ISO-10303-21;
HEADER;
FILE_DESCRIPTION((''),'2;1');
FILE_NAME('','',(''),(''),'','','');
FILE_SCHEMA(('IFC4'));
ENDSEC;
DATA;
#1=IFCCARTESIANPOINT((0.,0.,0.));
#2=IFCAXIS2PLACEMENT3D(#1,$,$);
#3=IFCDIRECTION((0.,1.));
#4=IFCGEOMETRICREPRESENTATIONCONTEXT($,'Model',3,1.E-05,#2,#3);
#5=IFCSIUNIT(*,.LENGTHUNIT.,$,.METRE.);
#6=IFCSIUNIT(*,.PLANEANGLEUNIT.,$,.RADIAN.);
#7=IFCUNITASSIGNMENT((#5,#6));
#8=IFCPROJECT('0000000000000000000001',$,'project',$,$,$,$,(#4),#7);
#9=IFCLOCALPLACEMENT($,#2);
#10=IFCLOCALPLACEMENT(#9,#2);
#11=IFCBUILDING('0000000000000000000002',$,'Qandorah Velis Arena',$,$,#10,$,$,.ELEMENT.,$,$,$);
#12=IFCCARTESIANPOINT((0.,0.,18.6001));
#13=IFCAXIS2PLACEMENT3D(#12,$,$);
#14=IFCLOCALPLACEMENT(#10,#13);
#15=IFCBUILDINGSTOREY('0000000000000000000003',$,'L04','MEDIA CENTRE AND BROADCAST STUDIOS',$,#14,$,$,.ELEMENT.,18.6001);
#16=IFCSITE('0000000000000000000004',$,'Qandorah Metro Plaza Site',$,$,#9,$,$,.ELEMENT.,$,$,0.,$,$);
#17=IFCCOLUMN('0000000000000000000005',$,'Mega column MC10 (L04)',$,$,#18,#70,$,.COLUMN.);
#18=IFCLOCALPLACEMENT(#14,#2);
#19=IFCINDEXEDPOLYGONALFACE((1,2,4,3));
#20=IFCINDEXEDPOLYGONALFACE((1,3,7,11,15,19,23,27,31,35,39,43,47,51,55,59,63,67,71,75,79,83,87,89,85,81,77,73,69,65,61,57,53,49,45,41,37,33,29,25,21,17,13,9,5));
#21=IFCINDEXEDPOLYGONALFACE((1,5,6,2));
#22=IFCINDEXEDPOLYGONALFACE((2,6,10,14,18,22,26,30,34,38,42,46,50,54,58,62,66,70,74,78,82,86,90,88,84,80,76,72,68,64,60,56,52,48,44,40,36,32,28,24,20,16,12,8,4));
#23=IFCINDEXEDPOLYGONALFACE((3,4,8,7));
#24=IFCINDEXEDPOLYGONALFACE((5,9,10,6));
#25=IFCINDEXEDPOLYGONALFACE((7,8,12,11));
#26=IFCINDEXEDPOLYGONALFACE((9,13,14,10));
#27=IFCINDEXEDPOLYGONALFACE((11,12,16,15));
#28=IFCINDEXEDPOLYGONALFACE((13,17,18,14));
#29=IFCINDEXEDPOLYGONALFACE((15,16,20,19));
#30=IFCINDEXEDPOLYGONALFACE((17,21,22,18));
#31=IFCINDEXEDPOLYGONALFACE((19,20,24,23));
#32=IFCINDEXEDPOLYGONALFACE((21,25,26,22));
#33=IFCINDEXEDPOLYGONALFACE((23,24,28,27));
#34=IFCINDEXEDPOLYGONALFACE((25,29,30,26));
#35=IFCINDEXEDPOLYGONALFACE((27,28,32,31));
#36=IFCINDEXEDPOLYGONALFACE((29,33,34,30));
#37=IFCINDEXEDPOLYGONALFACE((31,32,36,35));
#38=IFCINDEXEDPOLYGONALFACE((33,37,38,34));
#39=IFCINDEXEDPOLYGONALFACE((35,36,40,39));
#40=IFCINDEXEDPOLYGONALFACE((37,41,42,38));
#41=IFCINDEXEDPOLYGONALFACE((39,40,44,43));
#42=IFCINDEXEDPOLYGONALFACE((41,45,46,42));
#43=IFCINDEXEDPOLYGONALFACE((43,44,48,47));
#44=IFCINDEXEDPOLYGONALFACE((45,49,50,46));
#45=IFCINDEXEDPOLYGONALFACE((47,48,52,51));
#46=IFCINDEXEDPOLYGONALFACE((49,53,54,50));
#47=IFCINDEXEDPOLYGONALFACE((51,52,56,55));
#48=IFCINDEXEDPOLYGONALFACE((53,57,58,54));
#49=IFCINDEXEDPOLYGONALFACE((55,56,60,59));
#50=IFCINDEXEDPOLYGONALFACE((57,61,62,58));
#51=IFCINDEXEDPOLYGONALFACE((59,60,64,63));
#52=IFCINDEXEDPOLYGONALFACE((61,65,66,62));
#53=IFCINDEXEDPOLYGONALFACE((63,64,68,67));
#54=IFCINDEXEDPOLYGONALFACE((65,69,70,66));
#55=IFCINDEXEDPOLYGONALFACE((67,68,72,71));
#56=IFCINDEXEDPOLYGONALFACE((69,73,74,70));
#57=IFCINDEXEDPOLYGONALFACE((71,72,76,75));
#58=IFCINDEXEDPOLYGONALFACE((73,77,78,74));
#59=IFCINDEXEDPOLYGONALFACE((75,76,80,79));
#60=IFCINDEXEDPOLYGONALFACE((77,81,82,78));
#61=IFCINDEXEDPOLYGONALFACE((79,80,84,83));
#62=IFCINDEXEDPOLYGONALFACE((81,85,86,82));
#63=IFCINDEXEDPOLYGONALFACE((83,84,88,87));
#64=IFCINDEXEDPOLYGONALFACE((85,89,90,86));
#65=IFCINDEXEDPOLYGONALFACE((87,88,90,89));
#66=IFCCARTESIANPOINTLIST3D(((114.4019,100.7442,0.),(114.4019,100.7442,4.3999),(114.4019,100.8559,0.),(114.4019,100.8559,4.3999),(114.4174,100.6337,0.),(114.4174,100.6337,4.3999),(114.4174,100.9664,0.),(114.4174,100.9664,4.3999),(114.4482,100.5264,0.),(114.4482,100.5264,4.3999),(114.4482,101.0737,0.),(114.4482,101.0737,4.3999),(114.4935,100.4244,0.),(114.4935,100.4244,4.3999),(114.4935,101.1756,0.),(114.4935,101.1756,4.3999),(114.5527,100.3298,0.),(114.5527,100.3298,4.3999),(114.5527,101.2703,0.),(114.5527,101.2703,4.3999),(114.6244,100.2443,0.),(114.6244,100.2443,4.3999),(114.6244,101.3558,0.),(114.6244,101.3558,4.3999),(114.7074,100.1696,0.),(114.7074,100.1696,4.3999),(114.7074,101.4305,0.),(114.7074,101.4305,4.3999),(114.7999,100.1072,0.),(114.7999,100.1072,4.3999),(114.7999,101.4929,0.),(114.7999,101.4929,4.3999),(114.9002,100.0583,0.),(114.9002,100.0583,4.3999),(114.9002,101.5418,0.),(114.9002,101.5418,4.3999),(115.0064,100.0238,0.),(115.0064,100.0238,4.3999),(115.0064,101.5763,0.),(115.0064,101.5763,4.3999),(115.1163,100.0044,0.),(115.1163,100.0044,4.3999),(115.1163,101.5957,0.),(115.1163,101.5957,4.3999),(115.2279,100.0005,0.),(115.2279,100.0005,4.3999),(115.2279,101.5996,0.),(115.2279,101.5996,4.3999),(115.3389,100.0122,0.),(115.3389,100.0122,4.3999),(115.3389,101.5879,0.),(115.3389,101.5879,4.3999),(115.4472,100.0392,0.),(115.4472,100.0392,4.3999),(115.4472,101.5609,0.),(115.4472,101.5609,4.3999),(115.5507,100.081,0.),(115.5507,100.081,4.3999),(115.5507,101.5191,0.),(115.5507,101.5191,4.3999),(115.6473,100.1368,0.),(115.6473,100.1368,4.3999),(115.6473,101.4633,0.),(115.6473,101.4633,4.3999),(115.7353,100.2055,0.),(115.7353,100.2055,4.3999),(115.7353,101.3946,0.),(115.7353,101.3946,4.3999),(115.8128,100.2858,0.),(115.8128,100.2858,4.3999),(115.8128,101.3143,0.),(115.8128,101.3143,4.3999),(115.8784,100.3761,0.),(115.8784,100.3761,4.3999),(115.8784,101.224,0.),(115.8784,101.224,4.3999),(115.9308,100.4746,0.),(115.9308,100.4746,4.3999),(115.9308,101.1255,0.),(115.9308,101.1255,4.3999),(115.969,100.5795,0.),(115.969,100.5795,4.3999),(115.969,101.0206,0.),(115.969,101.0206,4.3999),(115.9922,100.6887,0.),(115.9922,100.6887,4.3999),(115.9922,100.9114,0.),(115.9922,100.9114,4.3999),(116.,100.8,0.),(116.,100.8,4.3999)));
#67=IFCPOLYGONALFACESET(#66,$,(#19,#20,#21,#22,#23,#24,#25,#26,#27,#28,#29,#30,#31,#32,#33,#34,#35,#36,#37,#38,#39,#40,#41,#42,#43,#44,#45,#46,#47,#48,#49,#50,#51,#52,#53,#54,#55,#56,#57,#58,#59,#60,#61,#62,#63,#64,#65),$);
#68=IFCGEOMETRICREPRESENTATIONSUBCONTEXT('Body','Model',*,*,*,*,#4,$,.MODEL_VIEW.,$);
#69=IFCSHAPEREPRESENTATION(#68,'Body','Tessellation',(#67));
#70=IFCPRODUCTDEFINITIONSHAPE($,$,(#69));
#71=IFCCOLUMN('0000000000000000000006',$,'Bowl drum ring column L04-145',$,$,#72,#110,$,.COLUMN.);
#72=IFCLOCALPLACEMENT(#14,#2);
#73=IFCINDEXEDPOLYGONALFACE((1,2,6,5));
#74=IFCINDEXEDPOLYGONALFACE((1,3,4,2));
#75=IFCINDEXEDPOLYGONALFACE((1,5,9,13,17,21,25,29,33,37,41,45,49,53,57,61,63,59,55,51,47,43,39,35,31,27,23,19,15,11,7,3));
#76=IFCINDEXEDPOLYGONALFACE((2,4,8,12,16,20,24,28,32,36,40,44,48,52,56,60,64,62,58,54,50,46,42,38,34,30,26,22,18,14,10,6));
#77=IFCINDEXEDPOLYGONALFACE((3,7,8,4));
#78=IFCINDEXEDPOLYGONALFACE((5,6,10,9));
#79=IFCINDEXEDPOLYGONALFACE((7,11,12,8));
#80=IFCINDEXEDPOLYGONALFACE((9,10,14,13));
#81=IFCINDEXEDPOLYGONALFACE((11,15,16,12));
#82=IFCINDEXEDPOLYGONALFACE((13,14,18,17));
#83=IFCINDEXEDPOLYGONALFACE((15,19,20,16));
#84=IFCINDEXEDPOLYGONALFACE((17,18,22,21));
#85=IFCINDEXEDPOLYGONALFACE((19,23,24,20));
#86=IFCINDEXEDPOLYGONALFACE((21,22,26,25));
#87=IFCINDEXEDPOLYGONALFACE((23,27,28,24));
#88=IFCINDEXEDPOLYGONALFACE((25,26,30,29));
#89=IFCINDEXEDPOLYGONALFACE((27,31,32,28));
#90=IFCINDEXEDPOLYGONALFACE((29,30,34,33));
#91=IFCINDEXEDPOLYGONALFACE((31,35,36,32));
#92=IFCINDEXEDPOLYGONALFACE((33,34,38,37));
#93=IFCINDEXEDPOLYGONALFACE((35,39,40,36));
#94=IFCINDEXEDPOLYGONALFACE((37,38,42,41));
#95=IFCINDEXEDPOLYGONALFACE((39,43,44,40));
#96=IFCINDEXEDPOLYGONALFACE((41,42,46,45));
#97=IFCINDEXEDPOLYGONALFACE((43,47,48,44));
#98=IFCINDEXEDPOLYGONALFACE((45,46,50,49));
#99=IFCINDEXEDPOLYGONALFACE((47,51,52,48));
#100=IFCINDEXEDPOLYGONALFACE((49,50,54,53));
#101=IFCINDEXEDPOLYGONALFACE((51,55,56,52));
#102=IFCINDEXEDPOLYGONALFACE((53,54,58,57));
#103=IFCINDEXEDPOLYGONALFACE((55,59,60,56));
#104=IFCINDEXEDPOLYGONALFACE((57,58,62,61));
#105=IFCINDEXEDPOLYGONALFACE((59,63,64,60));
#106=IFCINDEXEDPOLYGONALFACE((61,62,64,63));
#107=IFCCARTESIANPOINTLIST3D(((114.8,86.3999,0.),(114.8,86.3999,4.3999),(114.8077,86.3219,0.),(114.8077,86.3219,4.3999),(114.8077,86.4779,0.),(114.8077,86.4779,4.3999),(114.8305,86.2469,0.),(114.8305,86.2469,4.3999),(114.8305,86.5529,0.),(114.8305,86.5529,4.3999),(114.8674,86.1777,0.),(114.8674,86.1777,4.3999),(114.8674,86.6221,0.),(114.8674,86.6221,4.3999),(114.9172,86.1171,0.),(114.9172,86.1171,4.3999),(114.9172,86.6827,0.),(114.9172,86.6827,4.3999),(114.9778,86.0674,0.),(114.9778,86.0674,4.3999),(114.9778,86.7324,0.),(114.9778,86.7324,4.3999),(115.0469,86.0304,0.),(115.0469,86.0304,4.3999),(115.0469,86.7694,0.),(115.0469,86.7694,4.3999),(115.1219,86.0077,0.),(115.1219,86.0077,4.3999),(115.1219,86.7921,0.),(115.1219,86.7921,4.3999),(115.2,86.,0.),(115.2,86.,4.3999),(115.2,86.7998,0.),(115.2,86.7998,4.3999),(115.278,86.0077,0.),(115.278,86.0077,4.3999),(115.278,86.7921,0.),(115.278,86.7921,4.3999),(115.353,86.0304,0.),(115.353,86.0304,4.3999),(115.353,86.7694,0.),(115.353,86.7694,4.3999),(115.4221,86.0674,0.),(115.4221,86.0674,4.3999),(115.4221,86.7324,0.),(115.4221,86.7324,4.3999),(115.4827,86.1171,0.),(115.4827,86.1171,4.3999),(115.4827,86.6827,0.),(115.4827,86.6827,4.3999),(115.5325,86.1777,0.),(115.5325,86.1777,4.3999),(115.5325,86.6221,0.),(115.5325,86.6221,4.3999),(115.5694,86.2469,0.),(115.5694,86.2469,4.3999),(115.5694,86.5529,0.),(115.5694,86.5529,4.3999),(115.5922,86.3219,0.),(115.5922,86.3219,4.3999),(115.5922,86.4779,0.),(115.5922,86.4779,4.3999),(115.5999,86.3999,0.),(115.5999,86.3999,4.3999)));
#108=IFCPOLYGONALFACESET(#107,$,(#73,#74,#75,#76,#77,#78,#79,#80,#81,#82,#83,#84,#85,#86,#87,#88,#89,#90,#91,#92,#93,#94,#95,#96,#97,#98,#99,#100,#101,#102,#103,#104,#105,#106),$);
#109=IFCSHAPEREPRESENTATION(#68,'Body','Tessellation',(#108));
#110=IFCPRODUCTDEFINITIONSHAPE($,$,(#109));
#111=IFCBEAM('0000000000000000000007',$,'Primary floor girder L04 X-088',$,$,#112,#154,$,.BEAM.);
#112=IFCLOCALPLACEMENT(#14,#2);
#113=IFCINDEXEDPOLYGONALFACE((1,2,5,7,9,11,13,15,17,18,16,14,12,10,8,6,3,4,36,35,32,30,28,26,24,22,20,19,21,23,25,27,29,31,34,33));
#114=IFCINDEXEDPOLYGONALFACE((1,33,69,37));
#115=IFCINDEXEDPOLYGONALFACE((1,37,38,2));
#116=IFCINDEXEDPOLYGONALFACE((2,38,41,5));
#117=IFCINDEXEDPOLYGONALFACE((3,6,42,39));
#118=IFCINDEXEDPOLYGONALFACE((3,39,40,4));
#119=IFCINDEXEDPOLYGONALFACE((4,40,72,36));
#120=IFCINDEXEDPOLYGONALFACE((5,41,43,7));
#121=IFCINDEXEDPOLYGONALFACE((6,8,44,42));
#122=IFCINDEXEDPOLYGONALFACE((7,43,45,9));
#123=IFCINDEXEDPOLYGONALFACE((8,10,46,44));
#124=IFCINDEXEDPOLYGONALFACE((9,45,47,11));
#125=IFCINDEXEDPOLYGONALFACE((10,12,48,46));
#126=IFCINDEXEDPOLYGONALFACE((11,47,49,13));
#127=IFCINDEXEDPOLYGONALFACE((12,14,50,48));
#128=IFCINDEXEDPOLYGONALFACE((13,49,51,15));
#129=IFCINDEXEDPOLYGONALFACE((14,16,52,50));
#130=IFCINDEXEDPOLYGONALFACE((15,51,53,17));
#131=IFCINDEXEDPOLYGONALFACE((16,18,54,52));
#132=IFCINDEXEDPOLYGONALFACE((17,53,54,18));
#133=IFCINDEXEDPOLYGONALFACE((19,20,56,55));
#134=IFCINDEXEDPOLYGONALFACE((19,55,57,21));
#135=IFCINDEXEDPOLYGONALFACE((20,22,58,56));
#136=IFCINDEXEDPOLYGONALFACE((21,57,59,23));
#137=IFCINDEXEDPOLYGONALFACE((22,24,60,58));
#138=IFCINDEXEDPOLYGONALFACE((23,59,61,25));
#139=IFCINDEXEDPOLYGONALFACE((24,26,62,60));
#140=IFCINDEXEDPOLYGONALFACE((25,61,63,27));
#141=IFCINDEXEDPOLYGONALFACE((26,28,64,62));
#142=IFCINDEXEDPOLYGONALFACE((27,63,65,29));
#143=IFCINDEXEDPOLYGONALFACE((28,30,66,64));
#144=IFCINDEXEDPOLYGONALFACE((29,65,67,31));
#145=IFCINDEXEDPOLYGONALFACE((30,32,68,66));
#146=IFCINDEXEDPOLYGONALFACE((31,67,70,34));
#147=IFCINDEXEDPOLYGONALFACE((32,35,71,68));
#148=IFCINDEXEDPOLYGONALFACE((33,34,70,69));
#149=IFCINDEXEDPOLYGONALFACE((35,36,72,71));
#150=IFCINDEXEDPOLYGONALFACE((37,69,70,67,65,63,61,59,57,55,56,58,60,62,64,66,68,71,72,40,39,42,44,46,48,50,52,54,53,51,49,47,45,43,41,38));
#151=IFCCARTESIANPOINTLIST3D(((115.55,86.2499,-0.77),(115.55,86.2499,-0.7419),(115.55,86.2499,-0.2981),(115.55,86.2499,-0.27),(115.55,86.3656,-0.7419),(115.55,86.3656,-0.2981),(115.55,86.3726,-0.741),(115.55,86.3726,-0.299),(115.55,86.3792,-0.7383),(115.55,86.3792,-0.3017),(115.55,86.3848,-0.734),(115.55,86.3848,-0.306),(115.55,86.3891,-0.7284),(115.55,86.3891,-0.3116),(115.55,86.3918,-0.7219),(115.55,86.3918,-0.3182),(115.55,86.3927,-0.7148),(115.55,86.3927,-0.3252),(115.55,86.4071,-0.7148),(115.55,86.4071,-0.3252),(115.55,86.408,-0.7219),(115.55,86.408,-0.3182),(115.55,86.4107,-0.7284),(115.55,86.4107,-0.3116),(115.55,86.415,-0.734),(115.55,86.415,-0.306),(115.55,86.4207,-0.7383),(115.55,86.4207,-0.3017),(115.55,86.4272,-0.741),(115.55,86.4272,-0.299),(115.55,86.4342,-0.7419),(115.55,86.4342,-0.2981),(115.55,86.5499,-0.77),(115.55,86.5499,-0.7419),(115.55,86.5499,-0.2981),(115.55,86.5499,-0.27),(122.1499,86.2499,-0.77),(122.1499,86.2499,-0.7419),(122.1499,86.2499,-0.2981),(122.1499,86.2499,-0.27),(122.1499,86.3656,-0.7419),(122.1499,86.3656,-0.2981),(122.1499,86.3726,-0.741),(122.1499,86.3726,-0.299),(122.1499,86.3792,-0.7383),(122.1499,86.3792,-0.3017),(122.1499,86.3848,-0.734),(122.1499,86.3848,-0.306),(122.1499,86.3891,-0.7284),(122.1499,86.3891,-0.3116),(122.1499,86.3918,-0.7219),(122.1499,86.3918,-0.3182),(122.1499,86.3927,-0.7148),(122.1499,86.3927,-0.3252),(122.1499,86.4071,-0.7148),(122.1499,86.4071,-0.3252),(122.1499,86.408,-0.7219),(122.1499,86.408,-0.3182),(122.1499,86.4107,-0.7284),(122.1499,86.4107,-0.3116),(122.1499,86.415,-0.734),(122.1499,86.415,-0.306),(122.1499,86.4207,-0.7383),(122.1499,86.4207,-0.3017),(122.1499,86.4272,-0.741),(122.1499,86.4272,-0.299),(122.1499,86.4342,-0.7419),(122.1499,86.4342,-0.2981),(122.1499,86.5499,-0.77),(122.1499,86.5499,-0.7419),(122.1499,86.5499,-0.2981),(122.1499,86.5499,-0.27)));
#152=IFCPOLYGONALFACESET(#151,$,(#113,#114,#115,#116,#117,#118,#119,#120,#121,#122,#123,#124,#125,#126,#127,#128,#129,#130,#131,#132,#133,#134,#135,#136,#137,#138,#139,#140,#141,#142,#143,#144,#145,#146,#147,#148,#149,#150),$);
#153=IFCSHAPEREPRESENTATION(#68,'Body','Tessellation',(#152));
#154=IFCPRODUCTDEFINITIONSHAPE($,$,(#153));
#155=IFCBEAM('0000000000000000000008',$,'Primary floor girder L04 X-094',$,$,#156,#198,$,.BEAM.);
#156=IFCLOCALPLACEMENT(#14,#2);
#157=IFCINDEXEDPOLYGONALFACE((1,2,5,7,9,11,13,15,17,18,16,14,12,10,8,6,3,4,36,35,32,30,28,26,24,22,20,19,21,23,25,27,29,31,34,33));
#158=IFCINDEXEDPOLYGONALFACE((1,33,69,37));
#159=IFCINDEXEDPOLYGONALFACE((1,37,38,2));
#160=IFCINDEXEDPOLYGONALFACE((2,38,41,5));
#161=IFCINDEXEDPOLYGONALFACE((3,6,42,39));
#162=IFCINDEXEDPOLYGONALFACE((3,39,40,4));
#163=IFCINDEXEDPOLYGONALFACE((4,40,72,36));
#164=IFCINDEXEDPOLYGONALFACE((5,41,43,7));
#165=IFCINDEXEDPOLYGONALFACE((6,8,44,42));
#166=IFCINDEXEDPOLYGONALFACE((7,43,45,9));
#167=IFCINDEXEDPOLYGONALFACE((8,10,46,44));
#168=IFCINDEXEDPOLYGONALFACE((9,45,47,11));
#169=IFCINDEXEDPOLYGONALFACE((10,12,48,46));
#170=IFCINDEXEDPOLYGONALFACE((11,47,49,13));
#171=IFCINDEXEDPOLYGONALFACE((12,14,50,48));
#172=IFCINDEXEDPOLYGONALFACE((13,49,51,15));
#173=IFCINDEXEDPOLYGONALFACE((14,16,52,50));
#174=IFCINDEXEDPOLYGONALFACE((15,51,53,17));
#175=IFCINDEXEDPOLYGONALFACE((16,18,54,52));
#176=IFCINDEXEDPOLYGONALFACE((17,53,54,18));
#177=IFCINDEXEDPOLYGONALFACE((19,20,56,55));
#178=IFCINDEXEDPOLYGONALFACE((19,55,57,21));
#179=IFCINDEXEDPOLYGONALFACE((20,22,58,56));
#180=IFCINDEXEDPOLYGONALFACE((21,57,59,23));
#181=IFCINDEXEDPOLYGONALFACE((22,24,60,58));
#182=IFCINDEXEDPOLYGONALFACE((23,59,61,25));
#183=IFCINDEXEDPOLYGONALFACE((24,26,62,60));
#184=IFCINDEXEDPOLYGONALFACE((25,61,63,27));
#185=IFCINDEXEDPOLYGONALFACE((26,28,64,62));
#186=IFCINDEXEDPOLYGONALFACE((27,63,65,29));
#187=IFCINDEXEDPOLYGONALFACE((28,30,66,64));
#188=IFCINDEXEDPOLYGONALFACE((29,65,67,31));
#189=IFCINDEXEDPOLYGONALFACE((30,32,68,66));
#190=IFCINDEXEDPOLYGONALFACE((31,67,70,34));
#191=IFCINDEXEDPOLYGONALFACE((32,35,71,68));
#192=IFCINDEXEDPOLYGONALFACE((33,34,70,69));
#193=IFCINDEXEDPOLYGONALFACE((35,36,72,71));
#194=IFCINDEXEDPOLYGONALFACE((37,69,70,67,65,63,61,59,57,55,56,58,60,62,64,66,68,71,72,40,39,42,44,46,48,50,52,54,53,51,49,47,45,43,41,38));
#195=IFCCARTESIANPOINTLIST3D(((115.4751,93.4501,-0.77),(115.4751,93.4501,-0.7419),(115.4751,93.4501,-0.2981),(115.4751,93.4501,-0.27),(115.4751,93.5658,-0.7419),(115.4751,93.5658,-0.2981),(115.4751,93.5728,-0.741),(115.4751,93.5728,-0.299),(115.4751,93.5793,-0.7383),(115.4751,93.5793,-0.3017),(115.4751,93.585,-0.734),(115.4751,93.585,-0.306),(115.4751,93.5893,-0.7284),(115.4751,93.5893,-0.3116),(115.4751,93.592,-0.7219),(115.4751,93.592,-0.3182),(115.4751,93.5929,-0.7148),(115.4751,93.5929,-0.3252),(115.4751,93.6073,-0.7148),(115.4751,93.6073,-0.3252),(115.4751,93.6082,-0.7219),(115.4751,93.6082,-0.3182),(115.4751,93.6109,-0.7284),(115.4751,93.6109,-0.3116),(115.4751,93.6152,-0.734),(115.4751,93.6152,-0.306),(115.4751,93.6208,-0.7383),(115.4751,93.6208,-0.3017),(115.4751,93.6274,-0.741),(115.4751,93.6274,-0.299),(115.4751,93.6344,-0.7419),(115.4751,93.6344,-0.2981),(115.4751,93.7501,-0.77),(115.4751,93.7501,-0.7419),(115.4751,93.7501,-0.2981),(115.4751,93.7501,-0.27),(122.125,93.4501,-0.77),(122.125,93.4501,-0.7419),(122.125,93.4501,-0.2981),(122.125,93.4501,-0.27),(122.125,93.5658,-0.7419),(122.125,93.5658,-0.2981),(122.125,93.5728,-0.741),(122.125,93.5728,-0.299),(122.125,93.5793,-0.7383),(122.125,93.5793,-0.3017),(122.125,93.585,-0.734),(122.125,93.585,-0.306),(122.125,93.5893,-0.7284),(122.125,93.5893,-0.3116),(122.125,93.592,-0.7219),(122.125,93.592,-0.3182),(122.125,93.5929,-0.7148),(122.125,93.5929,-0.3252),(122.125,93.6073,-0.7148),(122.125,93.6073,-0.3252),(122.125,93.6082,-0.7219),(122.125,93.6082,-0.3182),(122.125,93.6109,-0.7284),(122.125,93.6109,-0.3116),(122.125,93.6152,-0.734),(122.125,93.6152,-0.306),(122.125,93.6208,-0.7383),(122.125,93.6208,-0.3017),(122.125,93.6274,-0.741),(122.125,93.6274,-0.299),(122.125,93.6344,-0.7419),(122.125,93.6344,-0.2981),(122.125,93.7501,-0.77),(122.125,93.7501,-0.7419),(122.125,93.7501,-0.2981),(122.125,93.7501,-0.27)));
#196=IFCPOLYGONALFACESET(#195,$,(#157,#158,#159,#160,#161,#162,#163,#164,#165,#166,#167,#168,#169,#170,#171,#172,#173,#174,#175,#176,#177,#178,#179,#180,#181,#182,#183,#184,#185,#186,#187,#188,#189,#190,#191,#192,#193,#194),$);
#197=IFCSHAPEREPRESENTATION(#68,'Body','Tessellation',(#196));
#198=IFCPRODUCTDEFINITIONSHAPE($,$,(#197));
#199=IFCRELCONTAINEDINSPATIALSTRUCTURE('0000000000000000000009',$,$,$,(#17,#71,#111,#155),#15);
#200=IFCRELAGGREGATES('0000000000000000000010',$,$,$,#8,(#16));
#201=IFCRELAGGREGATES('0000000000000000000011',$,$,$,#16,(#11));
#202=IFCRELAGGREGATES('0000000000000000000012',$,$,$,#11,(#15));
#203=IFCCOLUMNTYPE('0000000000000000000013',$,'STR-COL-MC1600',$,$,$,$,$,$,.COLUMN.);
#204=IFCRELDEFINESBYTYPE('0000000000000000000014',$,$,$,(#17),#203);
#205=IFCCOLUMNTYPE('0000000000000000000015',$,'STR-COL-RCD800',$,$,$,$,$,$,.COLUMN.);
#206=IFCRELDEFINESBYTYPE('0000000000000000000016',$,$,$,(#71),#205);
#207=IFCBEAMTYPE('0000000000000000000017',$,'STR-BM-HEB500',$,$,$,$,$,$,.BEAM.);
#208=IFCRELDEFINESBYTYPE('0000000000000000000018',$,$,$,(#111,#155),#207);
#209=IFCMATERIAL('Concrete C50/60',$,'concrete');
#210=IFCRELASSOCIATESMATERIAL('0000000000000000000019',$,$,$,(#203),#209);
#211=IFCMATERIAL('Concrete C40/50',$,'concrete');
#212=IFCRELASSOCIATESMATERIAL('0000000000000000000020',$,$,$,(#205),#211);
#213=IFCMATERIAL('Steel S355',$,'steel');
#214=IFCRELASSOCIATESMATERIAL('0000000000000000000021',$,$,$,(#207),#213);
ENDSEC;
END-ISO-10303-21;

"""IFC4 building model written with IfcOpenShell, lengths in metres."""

from ifc_helpers import new_model, si_unit, direction, frame, origin, origin_2d, place, context, subcontext, project, spatial, circle, i_section, extrude, material, material_profile, profile_set, type_object, element, save


model = new_model("IFC4")

# Units and contexts
model_context = context("Model", 3, precision=1e-05, world=origin(), true_north=direction((0.0, 1.0)))
body_context = subcontext(model_context, "Body", "Model", "MODEL_VIEW")
ifc_project = project(units=[si_unit("LENGTHUNIT", "METRE"), si_unit("PLANEANGLEUNIT", "RADIAN")], contexts=[model_context])

# Site, building, storey
site_placement = place(None, origin())
site = spatial("IfcSite", under=ifc_project, at=site_placement, Name="Qandorah Metro Plaza Site", CompositionType="ELEMENT", RefElevation=0.0)
building_placement = place(site_placement, origin())
building = spatial("IfcBuilding", under=site, at=building_placement, Name="Qandorah Velis Arena", CompositionType="ELEMENT")
storey_placement = place(building_placement, frame((0.0, 0.0, 18.6001)))
storey = spatial("IfcBuildingStorey", under=building, at=storey_placement, Name="L04", Description="MEDIA CENTRE AND BROADCAST STUDIOS", CompositionType="ELEMENT", Elevation=18.6001)

# Columns
ifc_material_1 = material(Name="Concrete C50/60", Category="concrete")
ifc_material_profile_1 = material_profile(ifc_material_1, circle(Radius=0.8, at=origin_2d()), Name="MC D1600")
ifc_profile_set_1 = profile_set([ifc_material_profile_1], Name="Concrete C50/60")
column_type_1 = type_object("IfcColumnType", Name="STR-COL-MC1600", PredefinedType="COLUMN", material=ifc_profile_set_1)
column_1_placement = place(storey_placement, frame((115.2, 100.8, 0.0), z_axis=(0.0, 0.0, 1.0), x_axis=(1.0, 0.0, 0.0)))
element("IfcColumn", 1, at=column_1_placement, inside=storey, type_object=column_type_1, Name="Mega column MC10 (L04)", PredefinedType="COLUMN", context=body_context, shape_type="SweptSolid", body=[
    extrude(circle(Radius=0.8, at=origin_2d()), origin(), (0.0, 0.0, 1.0), 4.3999),
])
ifc_material_2 = material(Name="Concrete C40/50", Category="concrete")
ifc_material_profile_2 = material_profile(ifc_material_2, circle(Radius=0.3999, at=origin_2d()), Name="RC D800")
ifc_profile_set_2 = profile_set([ifc_material_profile_2], Name="Concrete C40/50")
column_type_2 = type_object("IfcColumnType", Name="STR-COL-RCD800", PredefinedType="COLUMN", material=ifc_profile_set_2)
column_2_placement = place(storey_placement, frame((115.2, 86.3999, 0.0), z_axis=(0.0, 0.0, 1.0), x_axis=(1.0, 0.0, 0.0)))
element("IfcColumn", 2, at=column_2_placement, inside=storey, type_object=column_type_2, Name="Bowl drum ring column L04-145", PredefinedType="COLUMN", context=body_context, shape_type="SweptSolid", body=[
    extrude(circle(Radius=0.3999, at=origin_2d()), origin(), (0.0, 0.0, 1.0), 4.3999),
])

# Beams
ifc_material_3 = material(Name="Steel S355", Category="steel")
ifc_material_profile_3 = material_profile(ifc_material_3, i_section(OverallWidth=0.3, OverallDepth=0.5, WebThickness=0.0144, FlangeThickness=0.0281, FilletRadius=0.0271, at=origin_2d()), Name="HEB 500")
ifc_profile_set_3 = profile_set([ifc_material_profile_3], Name="Steel S355")
beam_type_1 = type_object("IfcBeamType", Name="STR-BM-HEB500", PredefinedType="BEAM", material=ifc_profile_set_3)
beam_1_placement = place(storey_placement, frame((115.55, 86.3999, -0.52), z_axis=(1.0, 0.0, 0.0), x_axis=(0.0, 1.0, 0.0)))
element("IfcBeam", 3, at=beam_1_placement, inside=storey, type_object=beam_type_1, Name="Primary floor girder L04 X-088", PredefinedType="BEAM", context=body_context, shape_type="SweptSolid", body=[
    extrude(i_section(OverallWidth=0.3, OverallDepth=0.5, WebThickness=0.0144, FlangeThickness=0.0281, FilletRadius=0.0271, at=origin_2d()), origin(), (0.0, 0.0, 1.0), 6.5999),
])
beam_2_placement = place(storey_placement, frame((115.4751, 93.6001, -0.52), z_axis=(1.0, 0.0, 0.0), x_axis=(0.0, 1.0, 0.0)))
element("IfcBeam", 4, at=beam_2_placement, inside=storey, type_object=beam_type_1, Name="Primary floor girder L04 X-094", PredefinedType="BEAM", context=body_context, shape_type="SweptSolid", body=[
    extrude(i_section(OverallWidth=0.3, OverallDepth=0.5, WebThickness=0.0144, FlangeThickness=0.0281, FilletRadius=0.0271, at=origin_2d()), origin(), (0.0, 0.0, 1.0), 6.6499),
])

save(model, "model.ifc")
